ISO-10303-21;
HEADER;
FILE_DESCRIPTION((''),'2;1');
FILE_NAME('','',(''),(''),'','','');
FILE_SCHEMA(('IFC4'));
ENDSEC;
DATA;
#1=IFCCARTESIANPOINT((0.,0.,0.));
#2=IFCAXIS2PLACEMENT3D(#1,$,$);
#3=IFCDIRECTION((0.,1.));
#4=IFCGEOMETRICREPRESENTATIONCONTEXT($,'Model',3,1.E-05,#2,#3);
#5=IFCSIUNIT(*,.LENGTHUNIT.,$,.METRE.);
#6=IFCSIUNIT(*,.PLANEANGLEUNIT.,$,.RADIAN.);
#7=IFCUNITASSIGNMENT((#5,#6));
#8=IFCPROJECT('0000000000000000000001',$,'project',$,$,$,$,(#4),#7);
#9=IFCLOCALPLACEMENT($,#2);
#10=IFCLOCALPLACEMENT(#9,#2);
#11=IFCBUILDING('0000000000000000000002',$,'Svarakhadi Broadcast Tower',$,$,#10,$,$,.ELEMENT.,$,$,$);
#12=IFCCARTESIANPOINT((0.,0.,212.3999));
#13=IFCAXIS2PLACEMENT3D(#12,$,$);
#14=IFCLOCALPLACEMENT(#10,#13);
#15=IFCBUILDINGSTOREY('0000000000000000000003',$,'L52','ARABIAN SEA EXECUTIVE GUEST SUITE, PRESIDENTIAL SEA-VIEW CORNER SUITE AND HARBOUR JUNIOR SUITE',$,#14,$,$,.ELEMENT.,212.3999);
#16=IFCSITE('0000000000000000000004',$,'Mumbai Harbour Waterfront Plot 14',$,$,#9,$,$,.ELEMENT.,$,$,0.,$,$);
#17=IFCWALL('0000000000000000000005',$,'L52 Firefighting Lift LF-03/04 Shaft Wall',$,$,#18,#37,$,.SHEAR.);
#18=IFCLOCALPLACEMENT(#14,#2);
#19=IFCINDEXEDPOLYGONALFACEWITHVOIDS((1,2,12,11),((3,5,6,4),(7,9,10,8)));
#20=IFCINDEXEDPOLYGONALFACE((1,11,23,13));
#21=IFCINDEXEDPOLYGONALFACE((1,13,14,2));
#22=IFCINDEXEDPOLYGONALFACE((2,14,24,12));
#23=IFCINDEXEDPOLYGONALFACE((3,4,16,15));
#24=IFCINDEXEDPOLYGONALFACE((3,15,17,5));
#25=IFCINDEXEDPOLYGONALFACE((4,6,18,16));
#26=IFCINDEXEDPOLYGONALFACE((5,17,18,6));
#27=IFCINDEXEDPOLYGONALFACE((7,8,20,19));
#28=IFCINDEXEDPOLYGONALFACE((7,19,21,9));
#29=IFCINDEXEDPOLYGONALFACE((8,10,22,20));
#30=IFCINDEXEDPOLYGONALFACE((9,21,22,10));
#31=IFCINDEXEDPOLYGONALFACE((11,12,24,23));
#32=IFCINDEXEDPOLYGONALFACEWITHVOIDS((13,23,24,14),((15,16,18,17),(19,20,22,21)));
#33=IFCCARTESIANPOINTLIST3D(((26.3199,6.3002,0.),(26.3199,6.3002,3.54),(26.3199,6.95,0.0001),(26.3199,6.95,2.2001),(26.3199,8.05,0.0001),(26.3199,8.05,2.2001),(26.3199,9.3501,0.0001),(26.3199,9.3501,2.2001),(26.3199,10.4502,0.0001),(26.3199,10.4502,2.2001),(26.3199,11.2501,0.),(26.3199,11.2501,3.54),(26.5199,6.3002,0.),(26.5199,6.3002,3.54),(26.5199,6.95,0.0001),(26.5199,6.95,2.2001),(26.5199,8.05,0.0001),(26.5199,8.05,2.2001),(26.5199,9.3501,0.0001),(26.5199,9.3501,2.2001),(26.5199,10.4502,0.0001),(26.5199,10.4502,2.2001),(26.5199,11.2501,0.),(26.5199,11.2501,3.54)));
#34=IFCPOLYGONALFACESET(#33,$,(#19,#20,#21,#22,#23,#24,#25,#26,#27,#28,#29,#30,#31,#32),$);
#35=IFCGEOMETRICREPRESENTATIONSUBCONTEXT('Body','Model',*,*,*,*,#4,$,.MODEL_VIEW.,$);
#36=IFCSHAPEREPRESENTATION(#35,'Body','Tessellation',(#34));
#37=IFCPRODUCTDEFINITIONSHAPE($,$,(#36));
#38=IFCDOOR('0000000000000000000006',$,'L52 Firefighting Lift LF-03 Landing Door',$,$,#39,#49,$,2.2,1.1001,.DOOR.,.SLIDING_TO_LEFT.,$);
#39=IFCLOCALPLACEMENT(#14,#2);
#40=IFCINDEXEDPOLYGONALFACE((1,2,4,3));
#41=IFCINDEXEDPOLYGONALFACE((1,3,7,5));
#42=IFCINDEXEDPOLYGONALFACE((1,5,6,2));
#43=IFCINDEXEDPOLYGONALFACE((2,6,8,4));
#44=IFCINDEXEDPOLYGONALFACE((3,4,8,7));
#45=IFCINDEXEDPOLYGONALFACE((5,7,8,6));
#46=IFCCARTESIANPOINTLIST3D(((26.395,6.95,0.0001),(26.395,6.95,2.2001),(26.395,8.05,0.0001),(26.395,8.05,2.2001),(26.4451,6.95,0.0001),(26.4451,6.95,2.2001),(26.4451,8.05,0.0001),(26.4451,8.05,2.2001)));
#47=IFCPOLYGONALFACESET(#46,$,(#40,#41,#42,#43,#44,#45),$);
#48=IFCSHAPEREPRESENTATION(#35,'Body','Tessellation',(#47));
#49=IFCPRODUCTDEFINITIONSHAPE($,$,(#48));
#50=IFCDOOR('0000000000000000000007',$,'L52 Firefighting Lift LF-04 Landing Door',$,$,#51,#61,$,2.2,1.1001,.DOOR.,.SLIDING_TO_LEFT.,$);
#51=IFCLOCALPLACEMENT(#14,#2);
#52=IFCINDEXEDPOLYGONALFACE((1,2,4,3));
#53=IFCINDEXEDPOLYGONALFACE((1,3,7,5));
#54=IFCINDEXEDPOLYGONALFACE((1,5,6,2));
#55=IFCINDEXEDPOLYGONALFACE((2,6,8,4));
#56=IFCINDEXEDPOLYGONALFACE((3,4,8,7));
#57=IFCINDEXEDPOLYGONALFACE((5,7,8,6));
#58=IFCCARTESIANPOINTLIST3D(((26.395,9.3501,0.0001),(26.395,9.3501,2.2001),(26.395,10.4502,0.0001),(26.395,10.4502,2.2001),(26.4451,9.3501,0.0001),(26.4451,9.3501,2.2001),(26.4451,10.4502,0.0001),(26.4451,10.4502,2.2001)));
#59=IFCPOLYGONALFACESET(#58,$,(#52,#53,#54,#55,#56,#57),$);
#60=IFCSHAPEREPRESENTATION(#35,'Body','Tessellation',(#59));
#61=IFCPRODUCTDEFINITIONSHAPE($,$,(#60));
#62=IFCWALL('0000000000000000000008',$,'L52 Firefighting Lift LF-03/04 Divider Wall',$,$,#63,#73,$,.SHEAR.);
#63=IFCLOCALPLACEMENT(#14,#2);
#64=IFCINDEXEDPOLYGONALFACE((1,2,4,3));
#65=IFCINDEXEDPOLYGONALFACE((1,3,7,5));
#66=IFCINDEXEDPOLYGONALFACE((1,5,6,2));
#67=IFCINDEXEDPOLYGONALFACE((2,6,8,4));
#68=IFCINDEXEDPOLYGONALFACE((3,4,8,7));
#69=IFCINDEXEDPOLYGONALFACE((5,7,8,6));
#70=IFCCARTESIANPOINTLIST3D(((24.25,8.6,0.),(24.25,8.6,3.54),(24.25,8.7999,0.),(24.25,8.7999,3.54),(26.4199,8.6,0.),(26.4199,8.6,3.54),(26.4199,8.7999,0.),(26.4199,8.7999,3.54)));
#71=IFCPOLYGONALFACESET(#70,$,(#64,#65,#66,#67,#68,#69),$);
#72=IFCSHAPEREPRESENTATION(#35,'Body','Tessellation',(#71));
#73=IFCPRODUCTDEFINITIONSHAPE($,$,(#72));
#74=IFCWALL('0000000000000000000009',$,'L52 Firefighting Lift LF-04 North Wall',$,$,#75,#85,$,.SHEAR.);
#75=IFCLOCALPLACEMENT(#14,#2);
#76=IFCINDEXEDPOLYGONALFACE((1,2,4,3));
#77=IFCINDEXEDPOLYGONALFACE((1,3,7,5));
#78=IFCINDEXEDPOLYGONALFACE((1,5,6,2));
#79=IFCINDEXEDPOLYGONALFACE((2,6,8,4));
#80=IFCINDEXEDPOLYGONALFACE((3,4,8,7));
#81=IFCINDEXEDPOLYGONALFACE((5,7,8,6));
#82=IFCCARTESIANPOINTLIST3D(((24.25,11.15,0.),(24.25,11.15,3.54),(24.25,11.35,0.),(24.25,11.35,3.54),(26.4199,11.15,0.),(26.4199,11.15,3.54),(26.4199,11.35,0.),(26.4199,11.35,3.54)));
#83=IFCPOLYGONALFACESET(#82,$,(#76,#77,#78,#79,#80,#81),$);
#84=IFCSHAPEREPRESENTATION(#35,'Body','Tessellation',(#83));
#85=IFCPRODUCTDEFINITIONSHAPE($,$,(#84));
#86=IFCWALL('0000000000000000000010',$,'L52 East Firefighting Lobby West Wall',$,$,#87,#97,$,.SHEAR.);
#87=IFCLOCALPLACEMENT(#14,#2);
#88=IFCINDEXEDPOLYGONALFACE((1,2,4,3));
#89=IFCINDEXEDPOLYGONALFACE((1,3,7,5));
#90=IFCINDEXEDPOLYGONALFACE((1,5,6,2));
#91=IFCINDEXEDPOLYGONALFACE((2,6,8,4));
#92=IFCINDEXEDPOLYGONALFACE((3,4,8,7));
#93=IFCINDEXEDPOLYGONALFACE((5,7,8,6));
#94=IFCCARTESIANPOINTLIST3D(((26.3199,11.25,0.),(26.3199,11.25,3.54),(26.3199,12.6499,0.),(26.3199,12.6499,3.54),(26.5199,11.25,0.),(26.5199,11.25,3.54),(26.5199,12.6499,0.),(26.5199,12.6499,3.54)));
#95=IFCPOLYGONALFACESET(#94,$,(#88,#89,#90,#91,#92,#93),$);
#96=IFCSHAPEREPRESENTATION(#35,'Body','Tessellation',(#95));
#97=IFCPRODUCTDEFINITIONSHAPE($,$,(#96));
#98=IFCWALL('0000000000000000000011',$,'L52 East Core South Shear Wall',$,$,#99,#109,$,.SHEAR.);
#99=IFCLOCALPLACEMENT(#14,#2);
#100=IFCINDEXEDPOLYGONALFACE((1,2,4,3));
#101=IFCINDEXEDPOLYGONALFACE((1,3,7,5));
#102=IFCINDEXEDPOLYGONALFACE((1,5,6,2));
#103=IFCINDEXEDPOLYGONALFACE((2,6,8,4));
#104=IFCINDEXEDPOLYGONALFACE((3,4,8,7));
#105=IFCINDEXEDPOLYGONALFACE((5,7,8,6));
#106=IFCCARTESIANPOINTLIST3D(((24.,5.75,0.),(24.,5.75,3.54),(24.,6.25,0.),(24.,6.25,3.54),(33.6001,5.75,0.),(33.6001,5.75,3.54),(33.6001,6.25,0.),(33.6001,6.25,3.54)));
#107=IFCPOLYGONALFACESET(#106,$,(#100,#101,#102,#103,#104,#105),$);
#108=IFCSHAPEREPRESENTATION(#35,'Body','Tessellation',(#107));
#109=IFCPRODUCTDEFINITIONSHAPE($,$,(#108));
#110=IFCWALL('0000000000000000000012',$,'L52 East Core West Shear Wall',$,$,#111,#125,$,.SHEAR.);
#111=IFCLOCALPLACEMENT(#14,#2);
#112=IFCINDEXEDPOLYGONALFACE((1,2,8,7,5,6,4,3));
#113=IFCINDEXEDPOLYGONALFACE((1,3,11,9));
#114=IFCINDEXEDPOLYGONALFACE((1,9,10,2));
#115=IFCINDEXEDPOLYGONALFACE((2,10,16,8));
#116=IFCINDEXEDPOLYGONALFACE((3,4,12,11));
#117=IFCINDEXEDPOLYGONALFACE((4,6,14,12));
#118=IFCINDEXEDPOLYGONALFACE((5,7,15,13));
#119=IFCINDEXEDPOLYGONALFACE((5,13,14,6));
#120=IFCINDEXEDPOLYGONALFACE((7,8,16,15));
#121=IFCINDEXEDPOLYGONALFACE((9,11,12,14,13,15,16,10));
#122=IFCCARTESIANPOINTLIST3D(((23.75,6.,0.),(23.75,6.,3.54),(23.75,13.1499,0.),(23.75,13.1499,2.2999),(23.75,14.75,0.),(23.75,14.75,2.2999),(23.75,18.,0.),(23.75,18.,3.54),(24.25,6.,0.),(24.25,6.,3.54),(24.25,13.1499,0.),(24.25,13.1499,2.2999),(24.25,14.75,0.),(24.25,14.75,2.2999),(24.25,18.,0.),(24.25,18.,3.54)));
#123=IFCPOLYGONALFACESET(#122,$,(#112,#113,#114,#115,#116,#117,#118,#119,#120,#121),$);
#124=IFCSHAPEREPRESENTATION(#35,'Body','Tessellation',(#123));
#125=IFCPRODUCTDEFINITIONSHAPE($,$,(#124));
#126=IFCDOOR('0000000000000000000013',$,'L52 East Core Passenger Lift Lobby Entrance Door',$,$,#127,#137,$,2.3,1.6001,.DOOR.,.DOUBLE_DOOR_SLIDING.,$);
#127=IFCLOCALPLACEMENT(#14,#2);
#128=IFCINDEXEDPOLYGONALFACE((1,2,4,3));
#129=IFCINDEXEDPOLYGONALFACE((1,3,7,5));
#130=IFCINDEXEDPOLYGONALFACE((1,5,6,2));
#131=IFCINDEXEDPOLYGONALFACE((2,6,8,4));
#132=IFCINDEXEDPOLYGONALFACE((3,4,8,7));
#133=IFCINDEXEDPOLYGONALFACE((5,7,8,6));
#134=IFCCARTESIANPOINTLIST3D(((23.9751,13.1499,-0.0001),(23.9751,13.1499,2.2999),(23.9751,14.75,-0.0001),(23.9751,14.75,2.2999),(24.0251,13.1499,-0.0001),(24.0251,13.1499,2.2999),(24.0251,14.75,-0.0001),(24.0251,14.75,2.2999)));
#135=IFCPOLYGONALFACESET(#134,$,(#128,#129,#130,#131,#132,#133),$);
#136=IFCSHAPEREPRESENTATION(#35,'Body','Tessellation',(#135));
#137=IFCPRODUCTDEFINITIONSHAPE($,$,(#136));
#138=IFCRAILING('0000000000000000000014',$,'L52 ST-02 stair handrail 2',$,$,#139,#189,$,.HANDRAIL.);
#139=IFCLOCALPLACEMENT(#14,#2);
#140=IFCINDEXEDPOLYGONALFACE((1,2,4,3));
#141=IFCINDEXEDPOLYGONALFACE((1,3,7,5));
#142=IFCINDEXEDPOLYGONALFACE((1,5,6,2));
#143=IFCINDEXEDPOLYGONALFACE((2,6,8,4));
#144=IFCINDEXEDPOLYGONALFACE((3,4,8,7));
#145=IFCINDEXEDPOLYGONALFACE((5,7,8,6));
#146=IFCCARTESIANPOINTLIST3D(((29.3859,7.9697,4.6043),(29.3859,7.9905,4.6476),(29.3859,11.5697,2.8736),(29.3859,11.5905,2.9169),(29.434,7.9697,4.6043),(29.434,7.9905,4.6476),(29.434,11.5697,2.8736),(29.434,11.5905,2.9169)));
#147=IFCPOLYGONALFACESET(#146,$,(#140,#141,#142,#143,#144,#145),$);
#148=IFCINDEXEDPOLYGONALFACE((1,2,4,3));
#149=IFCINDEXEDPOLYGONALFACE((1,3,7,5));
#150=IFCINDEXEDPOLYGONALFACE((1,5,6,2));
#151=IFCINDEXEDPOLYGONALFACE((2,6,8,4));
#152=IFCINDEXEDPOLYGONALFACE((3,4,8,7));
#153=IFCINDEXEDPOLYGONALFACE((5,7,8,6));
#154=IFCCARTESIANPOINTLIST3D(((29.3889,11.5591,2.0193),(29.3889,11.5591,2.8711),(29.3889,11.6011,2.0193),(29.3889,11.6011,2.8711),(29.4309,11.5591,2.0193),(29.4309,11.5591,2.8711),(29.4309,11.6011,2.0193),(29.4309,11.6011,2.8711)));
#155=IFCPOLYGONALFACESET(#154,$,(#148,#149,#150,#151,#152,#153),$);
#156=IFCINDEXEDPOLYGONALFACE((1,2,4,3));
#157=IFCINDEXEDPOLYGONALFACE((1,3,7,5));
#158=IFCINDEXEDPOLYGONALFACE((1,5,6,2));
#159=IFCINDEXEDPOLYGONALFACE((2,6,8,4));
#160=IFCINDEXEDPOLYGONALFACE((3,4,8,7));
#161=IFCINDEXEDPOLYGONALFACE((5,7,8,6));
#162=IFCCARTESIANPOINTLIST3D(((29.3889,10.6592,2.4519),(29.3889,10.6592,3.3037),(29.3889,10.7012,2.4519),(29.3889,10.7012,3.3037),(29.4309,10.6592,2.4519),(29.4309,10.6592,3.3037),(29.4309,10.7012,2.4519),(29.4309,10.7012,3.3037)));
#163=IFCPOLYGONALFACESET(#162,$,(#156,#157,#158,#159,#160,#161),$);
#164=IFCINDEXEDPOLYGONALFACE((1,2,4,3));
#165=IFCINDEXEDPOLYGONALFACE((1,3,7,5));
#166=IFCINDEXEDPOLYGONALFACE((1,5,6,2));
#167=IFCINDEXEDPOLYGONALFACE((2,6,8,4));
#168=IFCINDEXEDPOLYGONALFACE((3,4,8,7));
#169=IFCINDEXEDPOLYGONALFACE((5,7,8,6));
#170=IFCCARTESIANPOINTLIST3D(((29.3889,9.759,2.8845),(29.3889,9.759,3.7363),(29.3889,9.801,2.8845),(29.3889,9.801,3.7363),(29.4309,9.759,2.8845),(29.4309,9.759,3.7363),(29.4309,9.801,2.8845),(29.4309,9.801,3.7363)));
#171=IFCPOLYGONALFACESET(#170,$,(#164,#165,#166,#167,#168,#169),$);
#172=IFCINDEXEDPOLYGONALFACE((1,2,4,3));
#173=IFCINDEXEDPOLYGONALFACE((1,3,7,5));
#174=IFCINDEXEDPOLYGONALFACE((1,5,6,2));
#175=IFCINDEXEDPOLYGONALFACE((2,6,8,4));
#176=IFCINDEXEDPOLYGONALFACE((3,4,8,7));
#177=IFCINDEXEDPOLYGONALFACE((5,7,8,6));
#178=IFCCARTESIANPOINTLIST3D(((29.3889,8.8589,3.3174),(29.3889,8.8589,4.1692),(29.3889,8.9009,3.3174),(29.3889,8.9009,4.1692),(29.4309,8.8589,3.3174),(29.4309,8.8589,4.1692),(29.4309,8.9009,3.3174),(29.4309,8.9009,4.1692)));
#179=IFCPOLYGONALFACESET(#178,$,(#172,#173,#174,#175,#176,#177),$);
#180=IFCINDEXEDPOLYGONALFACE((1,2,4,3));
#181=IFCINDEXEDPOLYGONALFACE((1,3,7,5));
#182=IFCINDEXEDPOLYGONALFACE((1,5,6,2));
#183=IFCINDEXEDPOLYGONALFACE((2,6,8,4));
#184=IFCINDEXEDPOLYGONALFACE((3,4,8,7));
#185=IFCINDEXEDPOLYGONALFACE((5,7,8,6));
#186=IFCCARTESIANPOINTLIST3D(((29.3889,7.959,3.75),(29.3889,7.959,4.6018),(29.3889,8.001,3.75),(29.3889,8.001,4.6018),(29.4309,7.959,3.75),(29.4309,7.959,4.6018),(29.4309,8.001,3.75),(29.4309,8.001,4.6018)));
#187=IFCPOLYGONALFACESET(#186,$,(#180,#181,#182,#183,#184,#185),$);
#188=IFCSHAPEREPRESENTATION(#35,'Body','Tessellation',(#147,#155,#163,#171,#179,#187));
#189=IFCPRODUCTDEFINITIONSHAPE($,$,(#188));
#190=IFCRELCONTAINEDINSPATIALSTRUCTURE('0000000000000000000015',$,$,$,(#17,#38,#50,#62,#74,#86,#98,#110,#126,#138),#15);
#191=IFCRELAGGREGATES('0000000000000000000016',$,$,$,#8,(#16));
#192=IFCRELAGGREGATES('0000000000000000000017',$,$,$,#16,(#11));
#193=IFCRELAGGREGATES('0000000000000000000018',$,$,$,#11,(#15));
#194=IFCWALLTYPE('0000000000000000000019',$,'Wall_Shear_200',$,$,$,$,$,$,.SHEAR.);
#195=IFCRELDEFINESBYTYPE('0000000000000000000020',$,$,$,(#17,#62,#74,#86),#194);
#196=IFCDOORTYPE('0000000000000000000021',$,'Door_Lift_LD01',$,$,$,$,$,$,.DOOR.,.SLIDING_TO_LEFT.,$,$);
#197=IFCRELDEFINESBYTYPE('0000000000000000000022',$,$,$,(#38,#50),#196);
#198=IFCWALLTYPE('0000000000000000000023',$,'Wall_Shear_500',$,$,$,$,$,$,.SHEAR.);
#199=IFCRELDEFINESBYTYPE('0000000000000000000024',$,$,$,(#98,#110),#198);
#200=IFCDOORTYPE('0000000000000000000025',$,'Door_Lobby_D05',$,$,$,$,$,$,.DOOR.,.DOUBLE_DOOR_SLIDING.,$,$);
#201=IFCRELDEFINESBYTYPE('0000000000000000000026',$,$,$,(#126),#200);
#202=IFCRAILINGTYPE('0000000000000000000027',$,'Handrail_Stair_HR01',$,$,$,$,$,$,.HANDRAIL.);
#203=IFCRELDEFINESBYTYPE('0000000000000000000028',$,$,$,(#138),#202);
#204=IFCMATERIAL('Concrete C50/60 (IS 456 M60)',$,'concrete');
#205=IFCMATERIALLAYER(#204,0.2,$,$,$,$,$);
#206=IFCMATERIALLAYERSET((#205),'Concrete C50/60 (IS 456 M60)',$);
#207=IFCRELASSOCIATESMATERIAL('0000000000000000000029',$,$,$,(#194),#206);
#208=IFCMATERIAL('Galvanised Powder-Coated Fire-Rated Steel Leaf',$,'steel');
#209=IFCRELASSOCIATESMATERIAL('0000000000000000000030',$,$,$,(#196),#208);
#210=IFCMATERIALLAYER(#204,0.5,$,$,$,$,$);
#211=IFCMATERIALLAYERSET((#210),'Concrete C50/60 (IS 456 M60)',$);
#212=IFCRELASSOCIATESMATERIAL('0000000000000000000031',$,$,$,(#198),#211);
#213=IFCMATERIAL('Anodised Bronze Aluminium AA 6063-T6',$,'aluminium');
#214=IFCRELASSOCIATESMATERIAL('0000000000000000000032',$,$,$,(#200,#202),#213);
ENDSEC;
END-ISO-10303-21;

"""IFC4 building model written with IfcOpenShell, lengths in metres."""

from ifc_helpers import new_model, si_unit, direction, frame, frame_2d, origin, origin_2d, place, context, subcontext, project, spatial, rectangle, extrude, material, layer, layer_set, type_object, element, fill, save


model = new_model("IFC4")

# Units and contexts
model_context = context("Model", 3, precision=1e-05, world=origin(), true_north=direction((0.0, 1.0)))
body_context = subcontext(model_context, "Body", "Model", "MODEL_VIEW")
ifc_project = project(units=[si_unit("LENGTHUNIT", "METRE"), si_unit("PLANEANGLEUNIT", "RADIAN")], contexts=[model_context])

# Site, building, storey
site_placement = place(None, origin())
site = spatial("IfcSite", under=ifc_project, at=site_placement, Name="Mumbai Harbour Waterfront Plot 14", CompositionType="ELEMENT", RefElevation=0.0)
building_placement = place(site_placement, origin())
building = spatial("IfcBuilding", under=site, at=building_placement, Name="Svarakhadi Broadcast Tower", CompositionType="ELEMENT")
storey_placement = place(building_placement, frame((0.0, 0.0, 212.3999)))
storey = spatial("IfcBuildingStorey", under=building, at=storey_placement, Name="L52", Description="ARABIAN SEA EXECUTIVE GUEST SUITE, PRESIDENTIAL SEA-VIEW CORNER SUITE AND HARBOUR JUNIOR SUITE", CompositionType="ELEMENT", Elevation=212.3999)

# Shared definitions
ifc_material_1 = material(Name="Concrete C50/60 (IS 456 M60)", Category="concrete")

# Shared definitions
ifc_layer_1 = layer(ifc_material_1, 0.2)
ifc_layer_set_1 = layer_set([ifc_layer_1], Name="Concrete C50/60 (IS 456 M60)")
wall_type_1 = type_object("IfcWallType", Name="Wall_Shear_200", PredefinedType="SHEAR", material=ifc_layer_set_1)
ifc_material_2 = material(Name="Galvanised Powder-Coated Fire-Rated Steel Leaf", Category="steel")

# Wall, openings, doors
wall_1_placement = place(storey_placement, frame((26.4199, 6.3, 0.0), z_axis=(0.0, 0.0, 1.0), x_axis=(0.0, 1.0, 0.0)))
wall_1 = element("IfcWall", 1, at=wall_1_placement, inside=storey, type_object=wall_type_1, Name="L52 Firefighting Lift LF-03/04 Shaft Wall", PredefinedType="SHEAR", context=body_context, shape_type="SweptSolid", body=[
    extrude(rectangle(XDim=4.95, YDim=0.2, at=frame_2d((2.4751, 0.0))), origin(), (0.0, 0.0, 1.0), 3.54),
])
opening_1_placement = place(wall_1_placement, frame((0.6499, 0.0, 0.0)))
opening_1 = element("IfcOpeningElement", 2, at=opening_1_placement, cuts=wall_1, PredefinedType="OPENING", context=body_context, shape_type="SweptSolid", body=[
    extrude(rectangle(XDim=1.1001, YDim=2.2, at=frame_2d((0.55, 1.1001))), frame((0.0, 0.1099, 0.0), z_axis=(0.0, -1.0, 0.0), x_axis=(1.0, 0.0, 0.0)), (0.0, 0.0, 1.0), 0.22),
])
opening_2_placement = place(wall_1_placement, frame((3.05, 0.0, 0.0)))
opening_2 = element("IfcOpeningElement", 3, at=opening_2_placement, cuts=wall_1, PredefinedType="OPENING", context=body_context, shape_type="SweptSolid", body=[
    extrude(rectangle(XDim=1.1001, YDim=2.2, at=frame_2d((0.55, 1.1001))), frame((0.0, 0.1099, 0.0), z_axis=(0.0, -1.0, 0.0), x_axis=(1.0, 0.0, 0.0)), (0.0, 0.0, 1.0), 0.22),
])
door_type_1 = type_object("IfcDoorType", Name="Door_Lift_LD01", OperationType="SLIDING_TO_LEFT", PredefinedType="DOOR", material=ifc_material_2)
door_1_placement = place(opening_1_placement, origin())
door_1 = element("IfcDoor", 4, at=door_1_placement, inside=storey, type_object=door_type_1, Name="L52 Firefighting Lift LF-03 Landing Door", OperationType="SLIDING_TO_LEFT", OverallHeight=2.2, OverallWidth=1.1001, PredefinedType="DOOR", context=body_context, shape_type="SweptSolid", body=[
    extrude(rectangle(XDim=1.1001, YDim=2.2, at=frame_2d((0.55, 1.1001))), frame((0.0, 0.0249, 0.0), z_axis=(0.0, -1.0, 0.0), x_axis=(1.0, 0.0, 0.0)), (0.0, 0.0, 1.0), 0.05),
])
fill(opening_1, door_1)
door_2_placement = place(opening_2_placement, origin())
door_2 = element("IfcDoor", 5, at=door_2_placement, inside=storey, type_object=door_type_1, Name="L52 Firefighting Lift LF-04 Landing Door", OperationType="SLIDING_TO_LEFT", OverallHeight=2.2, OverallWidth=1.1001, PredefinedType="DOOR", context=body_context, shape_type="SweptSolid", body=[
    extrude(rectangle(XDim=1.1001, YDim=2.2, at=frame_2d((0.55, 1.1001))), frame((0.0, 0.0249, 0.0), z_axis=(0.0, -1.0, 0.0), x_axis=(1.0, 0.0, 0.0)), (0.0, 0.0, 1.0), 0.05),
])
fill(opening_2, door_2)

# Walls
for number, where, z_axis, x_axis, name in (
    (6, (24.25, 8.7, 0.0), (0.0, 0.0, 1.0), (1.0, 0.0, 0.0), "L52 Firefighting Lift LF-03/04 Divider Wall"),
    (7, (24.25, 11.25, 0.0), (0.0, 0.0, 1.0), (1.0, 0.0, 0.0), "L52 Firefighting Lift LF-04 North Wall"),
):
    element("IfcWall", number, at=place(storey_placement, frame(where, z_axis=z_axis, x_axis=x_axis)), inside=storey, type_object=wall_type_1, Name=name, PredefinedType="SHEAR", context=body_context, shape_type="SweptSolid", body=[
        extrude(rectangle(XDim=2.1699, YDim=0.2, at=frame_2d((1.085, 0.0))), origin(), (0.0, 0.0, 1.0), 3.54),
    ])
wall_2_placement = place(storey_placement, frame((26.4199, 11.25, 0.0), z_axis=(0.0, 0.0, 1.0), x_axis=(0.0, 1.0, 0.0)))
element("IfcWall", 8, at=wall_2_placement, inside=storey, type_object=wall_type_1, Name="L52 East Firefighting Lobby West Wall", PredefinedType="SHEAR", context=body_context, shape_type="SweptSolid", body=[
    extrude(rectangle(XDim=1.3999, YDim=0.2, at=frame_2d((0.7, 0.0))), origin(), (0.0, 0.0, 1.0), 3.54),
])
ifc_layer_2 = layer(ifc_material_1, 0.5)
ifc_layer_set_2 = layer_set([ifc_layer_2], Name="Concrete C50/60 (IS 456 M60)")
wall_type_2 = type_object("IfcWallType", Name="Wall_Shear_500", PredefinedType="SHEAR", material=ifc_layer_set_2)
wall_3_placement = place(storey_placement, frame((24.0, 6.0, 0.0), z_axis=(0.0, 0.0, 1.0), x_axis=(1.0, 0.0, 0.0)))
element("IfcWall", 9, at=wall_3_placement, inside=storey, type_object=wall_type_2, Name="L52 East Core South Shear Wall", PredefinedType="SHEAR", context=body_context, shape_type="SweptSolid", body=[
    extrude(rectangle(XDim=9.6001, YDim=0.5, at=frame_2d((4.8, 0.0))), origin(), (0.0, 0.0, 1.0), 3.54),
])

# Wall, opening, door
wall_4_placement = place(storey_placement, frame((24.0, 6.0, 0.0), z_axis=(0.0, 0.0, 1.0), x_axis=(0.0, 1.0, 0.0)))
wall_4 = element("IfcWall", 10, at=wall_4_placement, inside=storey, type_object=wall_type_2, Name="L52 East Core West Shear Wall", PredefinedType="SHEAR", context=body_context, shape_type="SweptSolid", body=[
    extrude(rectangle(XDim=12.0, YDim=0.5, at=frame_2d((6.0, 0.0))), origin(), (0.0, 0.0, 1.0), 3.54),
])
opening_3_placement = place(wall_4_placement, frame((7.1499, 0.0, 0.0)))
opening_3 = element("IfcOpeningElement", 11, at=opening_3_placement, cuts=wall_4, PredefinedType="OPENING", context=body_context, shape_type="SweptSolid", body=[
    extrude(rectangle(XDim=1.6001, YDim=2.3, at=frame_2d((0.8, 1.1499))), frame((0.0, 0.26, 0.0), z_axis=(0.0, -1.0, 0.0), x_axis=(1.0, 0.0, 0.0)), (0.0, 0.0, 1.0), 0.52),
])
ifc_material_3 = material(Name="Anodised Bronze Aluminium AA 6063-T6", Category="aluminium")
door_type_2 = type_object("IfcDoorType", Name="Door_Lobby_D05", OperationType="DOUBLE_DOOR_SLIDING", PredefinedType="DOOR", material=ifc_material_3)
door_3_placement = place(opening_3_placement, origin())
door_3 = element("IfcDoor", 12, at=door_3_placement, inside=storey, type_object=door_type_2, Name="L52 East Core Passenger Lift Lobby Entrance Door", OperationType="DOUBLE_DOOR_SLIDING", OverallHeight=2.3, OverallWidth=1.6001, PredefinedType="DOOR", context=body_context, shape_type="SweptSolid", body=[
    extrude(rectangle(XDim=1.6001, YDim=2.3, at=frame_2d((0.8, 1.1499))), frame((0.0, 0.0249, 0.0), z_axis=(0.0, -1.0, 0.0), x_axis=(1.0, 0.0, 0.0)), (0.0, 0.0, 1.0), 0.05),
])
fill(opening_3, door_3)

# Railing
railing_type = type_object("IfcRailingType", Name="Handrail_Stair_HR01", PredefinedType="HANDRAIL", material=ifc_material_3)
railing_placement = place(storey_placement, frame((29.4099, 11.5801, 2.0193)))
element("IfcRailing", 13, at=railing_placement, inside=storey, type_object=railing_type, Name="L52 ST-02 stair handrail 2", PredefinedType="HANDRAIL", context=body_context, shape_type="SweptSolid", body=[
    extrude(rectangle(XDim=0.0481, YDim=0.0481, at=origin_2d()), frame((0.0, 0.0, 0.876), z_axis=(0.0, -0.901263, 0.433273), x_axis=(1.0, 0.0, 0.0)), (0.0, 0.0, 1.0), 3.9944),
    extrude(rectangle(XDim=0.042, YDim=0.042, at=origin_2d()), origin(), (0.0, 0.0, 1.0), 0.8518),
    extrude(rectangle(XDim=0.042, YDim=0.042, at=origin_2d()), frame((0.0, -0.8999, 0.4326)), (0.0, 0.0, 1.0), 0.8518),
    extrude(rectangle(XDim=0.042, YDim=0.042, at=origin_2d()), frame((0.0, -1.8, 0.8652)), (0.0, 0.0, 1.0), 0.8518),
    extrude(rectangle(XDim=0.042, YDim=0.042, at=origin_2d()), frame((0.0, -2.7002, 1.2981)), (0.0, 0.0, 1.0), 0.8518),
    extrude(rectangle(XDim=0.042, YDim=0.042, at=origin_2d()), frame((0.0, -3.6001, 1.7307)), (0.0, 0.0, 1.0), 0.8518),
])

save(model, "model.ifc")
